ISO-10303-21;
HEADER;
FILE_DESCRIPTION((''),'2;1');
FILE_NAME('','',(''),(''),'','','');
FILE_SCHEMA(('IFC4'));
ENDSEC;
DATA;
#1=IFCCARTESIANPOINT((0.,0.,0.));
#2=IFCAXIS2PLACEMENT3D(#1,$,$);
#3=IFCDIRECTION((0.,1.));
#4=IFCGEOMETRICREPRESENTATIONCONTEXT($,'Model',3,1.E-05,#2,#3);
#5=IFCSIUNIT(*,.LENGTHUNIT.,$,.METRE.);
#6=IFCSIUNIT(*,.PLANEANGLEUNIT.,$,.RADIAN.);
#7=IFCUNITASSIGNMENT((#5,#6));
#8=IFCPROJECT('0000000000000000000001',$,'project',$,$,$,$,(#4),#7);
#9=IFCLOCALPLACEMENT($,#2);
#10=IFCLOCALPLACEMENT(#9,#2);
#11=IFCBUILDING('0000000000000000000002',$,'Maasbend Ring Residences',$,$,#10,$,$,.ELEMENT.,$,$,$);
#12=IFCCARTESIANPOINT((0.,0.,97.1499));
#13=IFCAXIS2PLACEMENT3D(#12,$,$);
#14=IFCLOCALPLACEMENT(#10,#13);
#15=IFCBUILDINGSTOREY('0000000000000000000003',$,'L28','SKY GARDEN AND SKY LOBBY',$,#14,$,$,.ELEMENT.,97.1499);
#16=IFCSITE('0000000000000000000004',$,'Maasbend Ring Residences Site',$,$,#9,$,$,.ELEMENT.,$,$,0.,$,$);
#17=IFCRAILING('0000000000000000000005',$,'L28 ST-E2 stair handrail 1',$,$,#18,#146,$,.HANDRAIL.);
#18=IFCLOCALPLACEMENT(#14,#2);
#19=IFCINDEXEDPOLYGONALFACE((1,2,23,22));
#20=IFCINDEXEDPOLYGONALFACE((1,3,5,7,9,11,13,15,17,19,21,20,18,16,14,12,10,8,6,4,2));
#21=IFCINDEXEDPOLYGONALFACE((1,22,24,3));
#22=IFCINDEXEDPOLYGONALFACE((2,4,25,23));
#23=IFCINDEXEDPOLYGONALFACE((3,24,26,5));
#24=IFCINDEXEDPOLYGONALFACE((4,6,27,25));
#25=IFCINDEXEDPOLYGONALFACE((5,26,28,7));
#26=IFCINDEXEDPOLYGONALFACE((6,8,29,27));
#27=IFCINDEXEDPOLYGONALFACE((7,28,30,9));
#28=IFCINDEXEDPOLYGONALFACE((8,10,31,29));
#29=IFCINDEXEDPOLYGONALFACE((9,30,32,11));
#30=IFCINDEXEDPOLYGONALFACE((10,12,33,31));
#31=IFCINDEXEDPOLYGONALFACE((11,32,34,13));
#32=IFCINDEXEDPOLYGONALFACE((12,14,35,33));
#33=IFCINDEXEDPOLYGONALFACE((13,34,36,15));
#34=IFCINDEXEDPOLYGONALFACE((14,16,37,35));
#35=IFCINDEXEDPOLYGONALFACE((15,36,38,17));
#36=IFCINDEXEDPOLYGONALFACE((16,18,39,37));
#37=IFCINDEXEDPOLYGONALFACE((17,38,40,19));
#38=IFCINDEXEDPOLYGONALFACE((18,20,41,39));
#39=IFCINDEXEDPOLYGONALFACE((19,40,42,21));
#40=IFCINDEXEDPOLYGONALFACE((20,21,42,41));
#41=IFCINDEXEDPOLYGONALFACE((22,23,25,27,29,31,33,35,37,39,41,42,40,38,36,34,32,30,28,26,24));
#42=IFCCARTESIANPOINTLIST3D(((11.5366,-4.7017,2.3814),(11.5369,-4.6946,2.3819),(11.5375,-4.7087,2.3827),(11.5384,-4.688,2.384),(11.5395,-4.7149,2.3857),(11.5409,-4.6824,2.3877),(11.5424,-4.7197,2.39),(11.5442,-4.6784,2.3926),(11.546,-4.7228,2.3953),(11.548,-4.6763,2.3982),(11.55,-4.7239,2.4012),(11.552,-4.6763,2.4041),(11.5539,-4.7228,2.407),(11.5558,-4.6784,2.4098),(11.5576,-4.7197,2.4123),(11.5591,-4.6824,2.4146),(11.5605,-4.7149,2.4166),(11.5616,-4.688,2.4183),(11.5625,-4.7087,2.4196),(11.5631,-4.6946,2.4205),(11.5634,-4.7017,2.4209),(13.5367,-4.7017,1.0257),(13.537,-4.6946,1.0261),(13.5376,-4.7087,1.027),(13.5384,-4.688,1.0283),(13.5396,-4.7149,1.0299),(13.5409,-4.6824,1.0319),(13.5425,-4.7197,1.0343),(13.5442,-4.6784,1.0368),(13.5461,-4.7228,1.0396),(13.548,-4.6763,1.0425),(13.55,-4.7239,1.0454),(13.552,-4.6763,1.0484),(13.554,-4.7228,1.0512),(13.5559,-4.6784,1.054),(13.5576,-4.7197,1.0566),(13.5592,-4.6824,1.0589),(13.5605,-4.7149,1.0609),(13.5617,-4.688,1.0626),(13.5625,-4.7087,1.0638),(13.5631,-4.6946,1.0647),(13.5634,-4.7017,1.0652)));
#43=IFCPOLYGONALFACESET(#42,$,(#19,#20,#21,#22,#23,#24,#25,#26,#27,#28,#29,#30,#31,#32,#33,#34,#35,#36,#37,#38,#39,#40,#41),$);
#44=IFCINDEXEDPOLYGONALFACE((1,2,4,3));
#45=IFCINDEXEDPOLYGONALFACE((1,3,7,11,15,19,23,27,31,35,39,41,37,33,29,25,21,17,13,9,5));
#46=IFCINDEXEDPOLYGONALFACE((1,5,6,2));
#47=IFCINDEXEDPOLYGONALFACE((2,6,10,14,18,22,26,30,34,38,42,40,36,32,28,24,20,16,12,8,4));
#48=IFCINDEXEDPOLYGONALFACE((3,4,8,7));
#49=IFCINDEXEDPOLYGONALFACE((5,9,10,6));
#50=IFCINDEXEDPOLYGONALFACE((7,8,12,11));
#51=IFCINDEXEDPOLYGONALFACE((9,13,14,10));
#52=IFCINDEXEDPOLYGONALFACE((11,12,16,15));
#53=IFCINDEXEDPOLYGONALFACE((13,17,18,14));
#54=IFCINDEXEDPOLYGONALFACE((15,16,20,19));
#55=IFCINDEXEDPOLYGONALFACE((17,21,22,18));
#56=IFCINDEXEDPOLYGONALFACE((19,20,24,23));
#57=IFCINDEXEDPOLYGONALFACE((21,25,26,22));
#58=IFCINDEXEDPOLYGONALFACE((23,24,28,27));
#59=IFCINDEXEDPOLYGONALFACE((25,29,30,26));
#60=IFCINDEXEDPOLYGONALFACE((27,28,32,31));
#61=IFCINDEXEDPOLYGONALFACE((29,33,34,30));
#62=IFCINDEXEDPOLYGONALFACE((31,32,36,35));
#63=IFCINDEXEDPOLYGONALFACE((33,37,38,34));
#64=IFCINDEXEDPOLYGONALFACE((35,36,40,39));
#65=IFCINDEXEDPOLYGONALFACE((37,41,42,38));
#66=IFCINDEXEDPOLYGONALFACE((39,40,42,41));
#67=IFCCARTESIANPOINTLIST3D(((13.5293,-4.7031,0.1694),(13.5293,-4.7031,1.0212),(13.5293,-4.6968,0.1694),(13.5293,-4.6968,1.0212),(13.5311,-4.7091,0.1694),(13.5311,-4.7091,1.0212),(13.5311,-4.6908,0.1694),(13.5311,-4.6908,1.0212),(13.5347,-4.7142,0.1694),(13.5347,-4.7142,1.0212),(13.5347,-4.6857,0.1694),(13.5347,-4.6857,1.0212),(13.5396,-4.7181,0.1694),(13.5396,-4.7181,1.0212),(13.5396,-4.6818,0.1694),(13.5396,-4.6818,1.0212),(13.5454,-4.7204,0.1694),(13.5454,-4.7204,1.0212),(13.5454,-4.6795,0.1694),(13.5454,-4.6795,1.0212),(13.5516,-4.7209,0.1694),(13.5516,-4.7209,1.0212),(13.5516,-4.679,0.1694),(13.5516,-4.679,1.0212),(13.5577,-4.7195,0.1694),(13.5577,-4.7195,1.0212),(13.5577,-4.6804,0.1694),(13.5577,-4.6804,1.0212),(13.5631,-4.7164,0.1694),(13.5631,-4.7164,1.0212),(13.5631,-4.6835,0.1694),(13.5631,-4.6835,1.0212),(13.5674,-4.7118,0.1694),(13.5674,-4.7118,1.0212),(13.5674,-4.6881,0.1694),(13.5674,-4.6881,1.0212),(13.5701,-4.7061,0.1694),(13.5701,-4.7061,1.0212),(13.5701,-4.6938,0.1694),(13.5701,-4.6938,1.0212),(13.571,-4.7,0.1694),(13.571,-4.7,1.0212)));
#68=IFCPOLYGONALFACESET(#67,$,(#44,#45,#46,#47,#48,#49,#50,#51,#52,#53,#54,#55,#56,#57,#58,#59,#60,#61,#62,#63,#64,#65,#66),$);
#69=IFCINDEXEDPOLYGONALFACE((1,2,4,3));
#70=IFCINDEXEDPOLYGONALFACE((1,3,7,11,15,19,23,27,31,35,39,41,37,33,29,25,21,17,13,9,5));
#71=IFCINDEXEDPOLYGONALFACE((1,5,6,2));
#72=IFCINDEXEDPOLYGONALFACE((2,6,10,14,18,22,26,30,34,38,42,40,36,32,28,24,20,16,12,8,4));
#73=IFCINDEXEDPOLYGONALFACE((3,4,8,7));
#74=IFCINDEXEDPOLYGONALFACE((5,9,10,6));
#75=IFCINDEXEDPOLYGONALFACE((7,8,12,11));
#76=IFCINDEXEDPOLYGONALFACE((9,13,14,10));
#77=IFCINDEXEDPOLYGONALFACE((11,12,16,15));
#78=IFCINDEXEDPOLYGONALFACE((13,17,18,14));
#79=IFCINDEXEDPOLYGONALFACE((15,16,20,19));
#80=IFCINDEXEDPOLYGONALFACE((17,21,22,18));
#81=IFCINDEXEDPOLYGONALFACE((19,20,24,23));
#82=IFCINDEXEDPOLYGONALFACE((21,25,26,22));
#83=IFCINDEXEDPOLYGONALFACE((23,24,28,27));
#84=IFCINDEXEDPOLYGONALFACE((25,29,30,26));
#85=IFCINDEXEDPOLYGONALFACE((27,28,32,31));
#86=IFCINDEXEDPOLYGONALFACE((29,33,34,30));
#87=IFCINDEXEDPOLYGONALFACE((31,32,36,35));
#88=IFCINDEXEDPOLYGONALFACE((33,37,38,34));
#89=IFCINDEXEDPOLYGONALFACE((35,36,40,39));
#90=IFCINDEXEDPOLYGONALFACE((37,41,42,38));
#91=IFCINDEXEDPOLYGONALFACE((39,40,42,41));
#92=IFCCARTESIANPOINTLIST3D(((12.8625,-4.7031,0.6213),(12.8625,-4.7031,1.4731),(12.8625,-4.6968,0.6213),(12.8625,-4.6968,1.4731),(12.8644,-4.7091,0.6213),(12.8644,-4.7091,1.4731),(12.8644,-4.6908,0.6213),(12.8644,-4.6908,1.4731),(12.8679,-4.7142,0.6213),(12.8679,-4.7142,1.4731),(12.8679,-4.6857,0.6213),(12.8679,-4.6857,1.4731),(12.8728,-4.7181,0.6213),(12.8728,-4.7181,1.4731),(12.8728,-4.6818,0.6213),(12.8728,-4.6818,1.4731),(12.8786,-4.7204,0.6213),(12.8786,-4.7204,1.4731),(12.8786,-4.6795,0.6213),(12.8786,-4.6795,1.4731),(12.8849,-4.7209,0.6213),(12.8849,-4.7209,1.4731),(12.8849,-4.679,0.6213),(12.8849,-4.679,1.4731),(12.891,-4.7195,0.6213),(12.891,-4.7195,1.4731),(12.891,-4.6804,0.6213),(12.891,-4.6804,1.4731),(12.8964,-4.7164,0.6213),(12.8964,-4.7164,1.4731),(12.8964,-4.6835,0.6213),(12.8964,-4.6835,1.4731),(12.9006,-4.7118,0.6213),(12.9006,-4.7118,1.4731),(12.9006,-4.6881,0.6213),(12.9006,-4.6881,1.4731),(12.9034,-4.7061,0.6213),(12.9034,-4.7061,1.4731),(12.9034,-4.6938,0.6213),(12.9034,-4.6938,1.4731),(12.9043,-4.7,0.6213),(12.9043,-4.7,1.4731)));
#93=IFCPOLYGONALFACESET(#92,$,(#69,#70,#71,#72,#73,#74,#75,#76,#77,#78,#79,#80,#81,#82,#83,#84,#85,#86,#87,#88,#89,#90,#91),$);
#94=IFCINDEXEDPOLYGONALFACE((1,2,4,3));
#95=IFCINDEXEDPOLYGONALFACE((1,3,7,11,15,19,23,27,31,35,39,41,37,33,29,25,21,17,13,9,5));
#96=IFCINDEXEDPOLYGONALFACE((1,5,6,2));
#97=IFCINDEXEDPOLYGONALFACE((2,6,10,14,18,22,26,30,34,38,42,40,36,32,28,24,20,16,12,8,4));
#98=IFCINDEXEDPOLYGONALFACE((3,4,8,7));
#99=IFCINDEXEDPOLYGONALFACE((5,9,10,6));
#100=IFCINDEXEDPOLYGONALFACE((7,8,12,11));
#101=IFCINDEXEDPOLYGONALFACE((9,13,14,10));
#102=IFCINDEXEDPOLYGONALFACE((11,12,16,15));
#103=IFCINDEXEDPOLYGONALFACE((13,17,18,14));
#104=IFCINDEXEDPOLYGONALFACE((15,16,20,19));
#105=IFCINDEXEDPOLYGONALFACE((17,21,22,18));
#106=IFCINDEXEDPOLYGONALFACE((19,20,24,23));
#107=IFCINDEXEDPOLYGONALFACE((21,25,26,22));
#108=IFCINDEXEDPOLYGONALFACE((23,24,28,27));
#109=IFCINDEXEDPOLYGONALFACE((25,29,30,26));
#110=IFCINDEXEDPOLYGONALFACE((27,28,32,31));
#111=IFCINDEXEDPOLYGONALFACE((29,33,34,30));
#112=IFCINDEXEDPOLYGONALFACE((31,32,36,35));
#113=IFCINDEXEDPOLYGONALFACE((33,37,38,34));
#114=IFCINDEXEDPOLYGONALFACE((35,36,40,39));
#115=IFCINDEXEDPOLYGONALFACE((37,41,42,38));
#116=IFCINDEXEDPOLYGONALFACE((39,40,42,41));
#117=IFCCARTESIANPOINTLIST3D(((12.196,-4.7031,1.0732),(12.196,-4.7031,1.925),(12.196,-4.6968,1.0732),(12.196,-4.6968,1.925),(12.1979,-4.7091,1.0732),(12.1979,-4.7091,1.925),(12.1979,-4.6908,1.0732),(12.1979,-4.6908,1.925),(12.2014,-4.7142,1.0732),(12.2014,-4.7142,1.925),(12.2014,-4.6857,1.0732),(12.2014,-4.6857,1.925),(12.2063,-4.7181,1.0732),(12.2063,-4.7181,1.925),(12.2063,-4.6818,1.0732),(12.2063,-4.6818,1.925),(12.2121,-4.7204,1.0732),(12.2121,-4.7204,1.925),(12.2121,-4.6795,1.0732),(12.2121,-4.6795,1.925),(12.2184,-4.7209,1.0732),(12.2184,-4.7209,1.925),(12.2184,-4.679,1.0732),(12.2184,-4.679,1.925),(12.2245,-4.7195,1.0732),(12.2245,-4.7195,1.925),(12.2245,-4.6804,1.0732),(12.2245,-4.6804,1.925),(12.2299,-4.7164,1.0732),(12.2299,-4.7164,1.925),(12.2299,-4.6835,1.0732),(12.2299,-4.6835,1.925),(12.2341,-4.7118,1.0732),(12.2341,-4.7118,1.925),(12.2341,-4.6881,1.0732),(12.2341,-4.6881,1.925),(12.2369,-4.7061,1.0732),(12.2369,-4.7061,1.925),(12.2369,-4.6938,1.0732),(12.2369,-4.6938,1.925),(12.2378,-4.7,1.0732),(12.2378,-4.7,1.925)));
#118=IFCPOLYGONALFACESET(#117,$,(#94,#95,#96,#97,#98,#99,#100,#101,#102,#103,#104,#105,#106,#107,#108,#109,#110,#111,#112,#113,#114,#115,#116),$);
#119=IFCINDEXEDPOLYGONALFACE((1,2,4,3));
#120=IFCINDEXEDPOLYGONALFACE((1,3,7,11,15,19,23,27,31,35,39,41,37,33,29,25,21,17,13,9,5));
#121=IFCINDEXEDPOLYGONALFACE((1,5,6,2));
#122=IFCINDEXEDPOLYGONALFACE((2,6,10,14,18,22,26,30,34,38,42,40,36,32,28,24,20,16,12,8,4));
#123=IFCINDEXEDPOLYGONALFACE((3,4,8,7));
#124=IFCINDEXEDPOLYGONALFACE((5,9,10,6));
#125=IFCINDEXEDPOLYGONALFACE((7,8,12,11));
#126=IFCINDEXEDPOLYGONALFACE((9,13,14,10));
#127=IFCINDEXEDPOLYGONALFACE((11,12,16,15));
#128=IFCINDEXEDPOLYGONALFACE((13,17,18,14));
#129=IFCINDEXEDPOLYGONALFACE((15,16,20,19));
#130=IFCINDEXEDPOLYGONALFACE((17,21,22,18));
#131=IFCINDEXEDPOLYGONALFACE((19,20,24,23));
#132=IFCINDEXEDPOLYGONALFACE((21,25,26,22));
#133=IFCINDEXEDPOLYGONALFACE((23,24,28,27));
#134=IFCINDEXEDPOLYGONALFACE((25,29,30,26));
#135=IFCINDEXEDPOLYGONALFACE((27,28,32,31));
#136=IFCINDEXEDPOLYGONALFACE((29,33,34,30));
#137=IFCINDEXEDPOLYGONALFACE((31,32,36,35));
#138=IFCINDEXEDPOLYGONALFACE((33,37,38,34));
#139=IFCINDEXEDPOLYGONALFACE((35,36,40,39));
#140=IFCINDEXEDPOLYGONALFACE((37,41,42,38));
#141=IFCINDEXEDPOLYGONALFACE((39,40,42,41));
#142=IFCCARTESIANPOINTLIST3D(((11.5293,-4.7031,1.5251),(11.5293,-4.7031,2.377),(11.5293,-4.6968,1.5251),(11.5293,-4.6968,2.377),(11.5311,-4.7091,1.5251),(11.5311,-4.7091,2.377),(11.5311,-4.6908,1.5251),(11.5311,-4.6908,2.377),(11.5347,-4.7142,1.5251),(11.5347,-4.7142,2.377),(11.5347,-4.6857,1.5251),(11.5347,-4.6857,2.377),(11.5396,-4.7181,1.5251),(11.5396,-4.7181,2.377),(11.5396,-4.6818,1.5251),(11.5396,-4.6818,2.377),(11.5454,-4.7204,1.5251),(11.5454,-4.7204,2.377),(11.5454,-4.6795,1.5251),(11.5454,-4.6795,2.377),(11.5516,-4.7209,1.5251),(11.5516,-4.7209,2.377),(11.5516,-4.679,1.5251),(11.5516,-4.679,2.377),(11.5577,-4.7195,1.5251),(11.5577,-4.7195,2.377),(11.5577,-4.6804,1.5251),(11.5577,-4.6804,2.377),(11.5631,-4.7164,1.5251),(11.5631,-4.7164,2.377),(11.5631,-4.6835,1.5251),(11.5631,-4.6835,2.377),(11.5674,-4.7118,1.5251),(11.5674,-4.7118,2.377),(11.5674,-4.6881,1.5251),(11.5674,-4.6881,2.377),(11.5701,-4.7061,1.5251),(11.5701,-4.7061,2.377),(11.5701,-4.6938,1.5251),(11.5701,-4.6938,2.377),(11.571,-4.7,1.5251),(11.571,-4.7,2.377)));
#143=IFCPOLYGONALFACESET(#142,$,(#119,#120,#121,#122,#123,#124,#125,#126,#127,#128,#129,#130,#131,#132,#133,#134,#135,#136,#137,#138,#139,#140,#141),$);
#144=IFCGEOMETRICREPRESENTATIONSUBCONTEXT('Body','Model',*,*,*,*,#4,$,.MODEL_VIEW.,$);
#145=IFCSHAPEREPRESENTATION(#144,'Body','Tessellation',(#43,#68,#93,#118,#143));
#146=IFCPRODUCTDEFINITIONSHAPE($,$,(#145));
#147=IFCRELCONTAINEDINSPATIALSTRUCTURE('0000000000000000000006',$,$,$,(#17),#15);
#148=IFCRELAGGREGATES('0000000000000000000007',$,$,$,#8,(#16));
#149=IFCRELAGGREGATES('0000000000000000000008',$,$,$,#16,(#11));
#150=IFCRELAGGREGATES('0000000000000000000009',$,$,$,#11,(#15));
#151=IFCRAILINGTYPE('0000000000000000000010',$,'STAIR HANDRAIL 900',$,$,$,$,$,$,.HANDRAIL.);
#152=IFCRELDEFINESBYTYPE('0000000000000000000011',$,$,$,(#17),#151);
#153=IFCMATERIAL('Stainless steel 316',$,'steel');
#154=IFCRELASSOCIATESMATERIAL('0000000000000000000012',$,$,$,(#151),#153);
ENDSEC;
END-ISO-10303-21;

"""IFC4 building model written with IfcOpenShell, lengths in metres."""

from ifc_helpers import new_model, si_unit, direction, frame, origin, origin_2d, place, context, subcontext, project, spatial, circle, extrude, material, type_object, element, save


model = new_model("IFC4")

# Units and contexts
model_context = context("Model", 3, precision=1e-05, world=origin(), true_north=direction((0.0, 1.0)))
body_context = subcontext(model_context, "Body", "Model", "MODEL_VIEW")
ifc_project = project(units=[si_unit("LENGTHUNIT", "METRE"), si_unit("PLANEANGLEUNIT", "RADIAN")], contexts=[model_context])

# Site, building, storey
site_placement = place(None, origin())
site = spatial("IfcSite", under=ifc_project, at=site_placement, Name="Maasbend Ring Residences Site", CompositionType="ELEMENT", RefElevation=0.0)
building_placement = place(site_placement, origin())
building = spatial("IfcBuilding", under=site, at=building_placement, Name="Maasbend Ring Residences", CompositionType="ELEMENT")
storey_placement = place(building_placement, frame((0.0, 0.0, 97.1499)))
storey = spatial("IfcBuildingStorey", under=building, at=storey_placement, Name="L28", Description="SKY GARDEN AND SKY LOBBY", CompositionType="ELEMENT", Elevation=97.1499)

# Railing
ifc_material_1 = material(Name="Stainless steel 316", Category="steel")
railing_type_1 = type_object("IfcRailingType", Name="STAIR HANDRAIL 900", PredefinedType="HANDRAIL", material=ifc_material_1)
for number, where, name in (
    (1, (13.55, -4.7, 0.1694), "L28 ST-E2 stair handrail 1"),
):
    element("IfcRailing", number, at=place(storey_placement, frame(where)), inside=storey, type_object=railing_type_1, Name=name, PredefinedType="HANDRAIL", context=body_context, shape_type="SweptSolid", body=[
        extrude(circle(Radius=0.0239, at=origin_2d()), frame((0.0, 0.0, 0.876), z_axis=(-0.827751, 0.0, 0.561096), x_axis=(0.0, -1.0, 0.0)), (0.0, 0.0, 1.0), 2.4163),
        extrude(circle(Radius=0.021, at=origin_2d()), origin(), (0.0, 0.0, 1.0), 0.8518),
        extrude(circle(Radius=0.021, at=origin_2d()), frame((-0.6667, 0.0, 0.4519)), (0.0, 0.0, 1.0), 0.8518),
        extrude(circle(Radius=0.021, at=origin_2d()), frame((-1.3333, 0.0, 0.9038)), (0.0, 0.0, 1.0), 0.8518),
        extrude(circle(Radius=0.021, at=origin_2d()), frame((-2.0, 0.0, 1.3557)), (0.0, 0.0, 1.0), 0.8518),
    ])

save(model, "model.ifc")
